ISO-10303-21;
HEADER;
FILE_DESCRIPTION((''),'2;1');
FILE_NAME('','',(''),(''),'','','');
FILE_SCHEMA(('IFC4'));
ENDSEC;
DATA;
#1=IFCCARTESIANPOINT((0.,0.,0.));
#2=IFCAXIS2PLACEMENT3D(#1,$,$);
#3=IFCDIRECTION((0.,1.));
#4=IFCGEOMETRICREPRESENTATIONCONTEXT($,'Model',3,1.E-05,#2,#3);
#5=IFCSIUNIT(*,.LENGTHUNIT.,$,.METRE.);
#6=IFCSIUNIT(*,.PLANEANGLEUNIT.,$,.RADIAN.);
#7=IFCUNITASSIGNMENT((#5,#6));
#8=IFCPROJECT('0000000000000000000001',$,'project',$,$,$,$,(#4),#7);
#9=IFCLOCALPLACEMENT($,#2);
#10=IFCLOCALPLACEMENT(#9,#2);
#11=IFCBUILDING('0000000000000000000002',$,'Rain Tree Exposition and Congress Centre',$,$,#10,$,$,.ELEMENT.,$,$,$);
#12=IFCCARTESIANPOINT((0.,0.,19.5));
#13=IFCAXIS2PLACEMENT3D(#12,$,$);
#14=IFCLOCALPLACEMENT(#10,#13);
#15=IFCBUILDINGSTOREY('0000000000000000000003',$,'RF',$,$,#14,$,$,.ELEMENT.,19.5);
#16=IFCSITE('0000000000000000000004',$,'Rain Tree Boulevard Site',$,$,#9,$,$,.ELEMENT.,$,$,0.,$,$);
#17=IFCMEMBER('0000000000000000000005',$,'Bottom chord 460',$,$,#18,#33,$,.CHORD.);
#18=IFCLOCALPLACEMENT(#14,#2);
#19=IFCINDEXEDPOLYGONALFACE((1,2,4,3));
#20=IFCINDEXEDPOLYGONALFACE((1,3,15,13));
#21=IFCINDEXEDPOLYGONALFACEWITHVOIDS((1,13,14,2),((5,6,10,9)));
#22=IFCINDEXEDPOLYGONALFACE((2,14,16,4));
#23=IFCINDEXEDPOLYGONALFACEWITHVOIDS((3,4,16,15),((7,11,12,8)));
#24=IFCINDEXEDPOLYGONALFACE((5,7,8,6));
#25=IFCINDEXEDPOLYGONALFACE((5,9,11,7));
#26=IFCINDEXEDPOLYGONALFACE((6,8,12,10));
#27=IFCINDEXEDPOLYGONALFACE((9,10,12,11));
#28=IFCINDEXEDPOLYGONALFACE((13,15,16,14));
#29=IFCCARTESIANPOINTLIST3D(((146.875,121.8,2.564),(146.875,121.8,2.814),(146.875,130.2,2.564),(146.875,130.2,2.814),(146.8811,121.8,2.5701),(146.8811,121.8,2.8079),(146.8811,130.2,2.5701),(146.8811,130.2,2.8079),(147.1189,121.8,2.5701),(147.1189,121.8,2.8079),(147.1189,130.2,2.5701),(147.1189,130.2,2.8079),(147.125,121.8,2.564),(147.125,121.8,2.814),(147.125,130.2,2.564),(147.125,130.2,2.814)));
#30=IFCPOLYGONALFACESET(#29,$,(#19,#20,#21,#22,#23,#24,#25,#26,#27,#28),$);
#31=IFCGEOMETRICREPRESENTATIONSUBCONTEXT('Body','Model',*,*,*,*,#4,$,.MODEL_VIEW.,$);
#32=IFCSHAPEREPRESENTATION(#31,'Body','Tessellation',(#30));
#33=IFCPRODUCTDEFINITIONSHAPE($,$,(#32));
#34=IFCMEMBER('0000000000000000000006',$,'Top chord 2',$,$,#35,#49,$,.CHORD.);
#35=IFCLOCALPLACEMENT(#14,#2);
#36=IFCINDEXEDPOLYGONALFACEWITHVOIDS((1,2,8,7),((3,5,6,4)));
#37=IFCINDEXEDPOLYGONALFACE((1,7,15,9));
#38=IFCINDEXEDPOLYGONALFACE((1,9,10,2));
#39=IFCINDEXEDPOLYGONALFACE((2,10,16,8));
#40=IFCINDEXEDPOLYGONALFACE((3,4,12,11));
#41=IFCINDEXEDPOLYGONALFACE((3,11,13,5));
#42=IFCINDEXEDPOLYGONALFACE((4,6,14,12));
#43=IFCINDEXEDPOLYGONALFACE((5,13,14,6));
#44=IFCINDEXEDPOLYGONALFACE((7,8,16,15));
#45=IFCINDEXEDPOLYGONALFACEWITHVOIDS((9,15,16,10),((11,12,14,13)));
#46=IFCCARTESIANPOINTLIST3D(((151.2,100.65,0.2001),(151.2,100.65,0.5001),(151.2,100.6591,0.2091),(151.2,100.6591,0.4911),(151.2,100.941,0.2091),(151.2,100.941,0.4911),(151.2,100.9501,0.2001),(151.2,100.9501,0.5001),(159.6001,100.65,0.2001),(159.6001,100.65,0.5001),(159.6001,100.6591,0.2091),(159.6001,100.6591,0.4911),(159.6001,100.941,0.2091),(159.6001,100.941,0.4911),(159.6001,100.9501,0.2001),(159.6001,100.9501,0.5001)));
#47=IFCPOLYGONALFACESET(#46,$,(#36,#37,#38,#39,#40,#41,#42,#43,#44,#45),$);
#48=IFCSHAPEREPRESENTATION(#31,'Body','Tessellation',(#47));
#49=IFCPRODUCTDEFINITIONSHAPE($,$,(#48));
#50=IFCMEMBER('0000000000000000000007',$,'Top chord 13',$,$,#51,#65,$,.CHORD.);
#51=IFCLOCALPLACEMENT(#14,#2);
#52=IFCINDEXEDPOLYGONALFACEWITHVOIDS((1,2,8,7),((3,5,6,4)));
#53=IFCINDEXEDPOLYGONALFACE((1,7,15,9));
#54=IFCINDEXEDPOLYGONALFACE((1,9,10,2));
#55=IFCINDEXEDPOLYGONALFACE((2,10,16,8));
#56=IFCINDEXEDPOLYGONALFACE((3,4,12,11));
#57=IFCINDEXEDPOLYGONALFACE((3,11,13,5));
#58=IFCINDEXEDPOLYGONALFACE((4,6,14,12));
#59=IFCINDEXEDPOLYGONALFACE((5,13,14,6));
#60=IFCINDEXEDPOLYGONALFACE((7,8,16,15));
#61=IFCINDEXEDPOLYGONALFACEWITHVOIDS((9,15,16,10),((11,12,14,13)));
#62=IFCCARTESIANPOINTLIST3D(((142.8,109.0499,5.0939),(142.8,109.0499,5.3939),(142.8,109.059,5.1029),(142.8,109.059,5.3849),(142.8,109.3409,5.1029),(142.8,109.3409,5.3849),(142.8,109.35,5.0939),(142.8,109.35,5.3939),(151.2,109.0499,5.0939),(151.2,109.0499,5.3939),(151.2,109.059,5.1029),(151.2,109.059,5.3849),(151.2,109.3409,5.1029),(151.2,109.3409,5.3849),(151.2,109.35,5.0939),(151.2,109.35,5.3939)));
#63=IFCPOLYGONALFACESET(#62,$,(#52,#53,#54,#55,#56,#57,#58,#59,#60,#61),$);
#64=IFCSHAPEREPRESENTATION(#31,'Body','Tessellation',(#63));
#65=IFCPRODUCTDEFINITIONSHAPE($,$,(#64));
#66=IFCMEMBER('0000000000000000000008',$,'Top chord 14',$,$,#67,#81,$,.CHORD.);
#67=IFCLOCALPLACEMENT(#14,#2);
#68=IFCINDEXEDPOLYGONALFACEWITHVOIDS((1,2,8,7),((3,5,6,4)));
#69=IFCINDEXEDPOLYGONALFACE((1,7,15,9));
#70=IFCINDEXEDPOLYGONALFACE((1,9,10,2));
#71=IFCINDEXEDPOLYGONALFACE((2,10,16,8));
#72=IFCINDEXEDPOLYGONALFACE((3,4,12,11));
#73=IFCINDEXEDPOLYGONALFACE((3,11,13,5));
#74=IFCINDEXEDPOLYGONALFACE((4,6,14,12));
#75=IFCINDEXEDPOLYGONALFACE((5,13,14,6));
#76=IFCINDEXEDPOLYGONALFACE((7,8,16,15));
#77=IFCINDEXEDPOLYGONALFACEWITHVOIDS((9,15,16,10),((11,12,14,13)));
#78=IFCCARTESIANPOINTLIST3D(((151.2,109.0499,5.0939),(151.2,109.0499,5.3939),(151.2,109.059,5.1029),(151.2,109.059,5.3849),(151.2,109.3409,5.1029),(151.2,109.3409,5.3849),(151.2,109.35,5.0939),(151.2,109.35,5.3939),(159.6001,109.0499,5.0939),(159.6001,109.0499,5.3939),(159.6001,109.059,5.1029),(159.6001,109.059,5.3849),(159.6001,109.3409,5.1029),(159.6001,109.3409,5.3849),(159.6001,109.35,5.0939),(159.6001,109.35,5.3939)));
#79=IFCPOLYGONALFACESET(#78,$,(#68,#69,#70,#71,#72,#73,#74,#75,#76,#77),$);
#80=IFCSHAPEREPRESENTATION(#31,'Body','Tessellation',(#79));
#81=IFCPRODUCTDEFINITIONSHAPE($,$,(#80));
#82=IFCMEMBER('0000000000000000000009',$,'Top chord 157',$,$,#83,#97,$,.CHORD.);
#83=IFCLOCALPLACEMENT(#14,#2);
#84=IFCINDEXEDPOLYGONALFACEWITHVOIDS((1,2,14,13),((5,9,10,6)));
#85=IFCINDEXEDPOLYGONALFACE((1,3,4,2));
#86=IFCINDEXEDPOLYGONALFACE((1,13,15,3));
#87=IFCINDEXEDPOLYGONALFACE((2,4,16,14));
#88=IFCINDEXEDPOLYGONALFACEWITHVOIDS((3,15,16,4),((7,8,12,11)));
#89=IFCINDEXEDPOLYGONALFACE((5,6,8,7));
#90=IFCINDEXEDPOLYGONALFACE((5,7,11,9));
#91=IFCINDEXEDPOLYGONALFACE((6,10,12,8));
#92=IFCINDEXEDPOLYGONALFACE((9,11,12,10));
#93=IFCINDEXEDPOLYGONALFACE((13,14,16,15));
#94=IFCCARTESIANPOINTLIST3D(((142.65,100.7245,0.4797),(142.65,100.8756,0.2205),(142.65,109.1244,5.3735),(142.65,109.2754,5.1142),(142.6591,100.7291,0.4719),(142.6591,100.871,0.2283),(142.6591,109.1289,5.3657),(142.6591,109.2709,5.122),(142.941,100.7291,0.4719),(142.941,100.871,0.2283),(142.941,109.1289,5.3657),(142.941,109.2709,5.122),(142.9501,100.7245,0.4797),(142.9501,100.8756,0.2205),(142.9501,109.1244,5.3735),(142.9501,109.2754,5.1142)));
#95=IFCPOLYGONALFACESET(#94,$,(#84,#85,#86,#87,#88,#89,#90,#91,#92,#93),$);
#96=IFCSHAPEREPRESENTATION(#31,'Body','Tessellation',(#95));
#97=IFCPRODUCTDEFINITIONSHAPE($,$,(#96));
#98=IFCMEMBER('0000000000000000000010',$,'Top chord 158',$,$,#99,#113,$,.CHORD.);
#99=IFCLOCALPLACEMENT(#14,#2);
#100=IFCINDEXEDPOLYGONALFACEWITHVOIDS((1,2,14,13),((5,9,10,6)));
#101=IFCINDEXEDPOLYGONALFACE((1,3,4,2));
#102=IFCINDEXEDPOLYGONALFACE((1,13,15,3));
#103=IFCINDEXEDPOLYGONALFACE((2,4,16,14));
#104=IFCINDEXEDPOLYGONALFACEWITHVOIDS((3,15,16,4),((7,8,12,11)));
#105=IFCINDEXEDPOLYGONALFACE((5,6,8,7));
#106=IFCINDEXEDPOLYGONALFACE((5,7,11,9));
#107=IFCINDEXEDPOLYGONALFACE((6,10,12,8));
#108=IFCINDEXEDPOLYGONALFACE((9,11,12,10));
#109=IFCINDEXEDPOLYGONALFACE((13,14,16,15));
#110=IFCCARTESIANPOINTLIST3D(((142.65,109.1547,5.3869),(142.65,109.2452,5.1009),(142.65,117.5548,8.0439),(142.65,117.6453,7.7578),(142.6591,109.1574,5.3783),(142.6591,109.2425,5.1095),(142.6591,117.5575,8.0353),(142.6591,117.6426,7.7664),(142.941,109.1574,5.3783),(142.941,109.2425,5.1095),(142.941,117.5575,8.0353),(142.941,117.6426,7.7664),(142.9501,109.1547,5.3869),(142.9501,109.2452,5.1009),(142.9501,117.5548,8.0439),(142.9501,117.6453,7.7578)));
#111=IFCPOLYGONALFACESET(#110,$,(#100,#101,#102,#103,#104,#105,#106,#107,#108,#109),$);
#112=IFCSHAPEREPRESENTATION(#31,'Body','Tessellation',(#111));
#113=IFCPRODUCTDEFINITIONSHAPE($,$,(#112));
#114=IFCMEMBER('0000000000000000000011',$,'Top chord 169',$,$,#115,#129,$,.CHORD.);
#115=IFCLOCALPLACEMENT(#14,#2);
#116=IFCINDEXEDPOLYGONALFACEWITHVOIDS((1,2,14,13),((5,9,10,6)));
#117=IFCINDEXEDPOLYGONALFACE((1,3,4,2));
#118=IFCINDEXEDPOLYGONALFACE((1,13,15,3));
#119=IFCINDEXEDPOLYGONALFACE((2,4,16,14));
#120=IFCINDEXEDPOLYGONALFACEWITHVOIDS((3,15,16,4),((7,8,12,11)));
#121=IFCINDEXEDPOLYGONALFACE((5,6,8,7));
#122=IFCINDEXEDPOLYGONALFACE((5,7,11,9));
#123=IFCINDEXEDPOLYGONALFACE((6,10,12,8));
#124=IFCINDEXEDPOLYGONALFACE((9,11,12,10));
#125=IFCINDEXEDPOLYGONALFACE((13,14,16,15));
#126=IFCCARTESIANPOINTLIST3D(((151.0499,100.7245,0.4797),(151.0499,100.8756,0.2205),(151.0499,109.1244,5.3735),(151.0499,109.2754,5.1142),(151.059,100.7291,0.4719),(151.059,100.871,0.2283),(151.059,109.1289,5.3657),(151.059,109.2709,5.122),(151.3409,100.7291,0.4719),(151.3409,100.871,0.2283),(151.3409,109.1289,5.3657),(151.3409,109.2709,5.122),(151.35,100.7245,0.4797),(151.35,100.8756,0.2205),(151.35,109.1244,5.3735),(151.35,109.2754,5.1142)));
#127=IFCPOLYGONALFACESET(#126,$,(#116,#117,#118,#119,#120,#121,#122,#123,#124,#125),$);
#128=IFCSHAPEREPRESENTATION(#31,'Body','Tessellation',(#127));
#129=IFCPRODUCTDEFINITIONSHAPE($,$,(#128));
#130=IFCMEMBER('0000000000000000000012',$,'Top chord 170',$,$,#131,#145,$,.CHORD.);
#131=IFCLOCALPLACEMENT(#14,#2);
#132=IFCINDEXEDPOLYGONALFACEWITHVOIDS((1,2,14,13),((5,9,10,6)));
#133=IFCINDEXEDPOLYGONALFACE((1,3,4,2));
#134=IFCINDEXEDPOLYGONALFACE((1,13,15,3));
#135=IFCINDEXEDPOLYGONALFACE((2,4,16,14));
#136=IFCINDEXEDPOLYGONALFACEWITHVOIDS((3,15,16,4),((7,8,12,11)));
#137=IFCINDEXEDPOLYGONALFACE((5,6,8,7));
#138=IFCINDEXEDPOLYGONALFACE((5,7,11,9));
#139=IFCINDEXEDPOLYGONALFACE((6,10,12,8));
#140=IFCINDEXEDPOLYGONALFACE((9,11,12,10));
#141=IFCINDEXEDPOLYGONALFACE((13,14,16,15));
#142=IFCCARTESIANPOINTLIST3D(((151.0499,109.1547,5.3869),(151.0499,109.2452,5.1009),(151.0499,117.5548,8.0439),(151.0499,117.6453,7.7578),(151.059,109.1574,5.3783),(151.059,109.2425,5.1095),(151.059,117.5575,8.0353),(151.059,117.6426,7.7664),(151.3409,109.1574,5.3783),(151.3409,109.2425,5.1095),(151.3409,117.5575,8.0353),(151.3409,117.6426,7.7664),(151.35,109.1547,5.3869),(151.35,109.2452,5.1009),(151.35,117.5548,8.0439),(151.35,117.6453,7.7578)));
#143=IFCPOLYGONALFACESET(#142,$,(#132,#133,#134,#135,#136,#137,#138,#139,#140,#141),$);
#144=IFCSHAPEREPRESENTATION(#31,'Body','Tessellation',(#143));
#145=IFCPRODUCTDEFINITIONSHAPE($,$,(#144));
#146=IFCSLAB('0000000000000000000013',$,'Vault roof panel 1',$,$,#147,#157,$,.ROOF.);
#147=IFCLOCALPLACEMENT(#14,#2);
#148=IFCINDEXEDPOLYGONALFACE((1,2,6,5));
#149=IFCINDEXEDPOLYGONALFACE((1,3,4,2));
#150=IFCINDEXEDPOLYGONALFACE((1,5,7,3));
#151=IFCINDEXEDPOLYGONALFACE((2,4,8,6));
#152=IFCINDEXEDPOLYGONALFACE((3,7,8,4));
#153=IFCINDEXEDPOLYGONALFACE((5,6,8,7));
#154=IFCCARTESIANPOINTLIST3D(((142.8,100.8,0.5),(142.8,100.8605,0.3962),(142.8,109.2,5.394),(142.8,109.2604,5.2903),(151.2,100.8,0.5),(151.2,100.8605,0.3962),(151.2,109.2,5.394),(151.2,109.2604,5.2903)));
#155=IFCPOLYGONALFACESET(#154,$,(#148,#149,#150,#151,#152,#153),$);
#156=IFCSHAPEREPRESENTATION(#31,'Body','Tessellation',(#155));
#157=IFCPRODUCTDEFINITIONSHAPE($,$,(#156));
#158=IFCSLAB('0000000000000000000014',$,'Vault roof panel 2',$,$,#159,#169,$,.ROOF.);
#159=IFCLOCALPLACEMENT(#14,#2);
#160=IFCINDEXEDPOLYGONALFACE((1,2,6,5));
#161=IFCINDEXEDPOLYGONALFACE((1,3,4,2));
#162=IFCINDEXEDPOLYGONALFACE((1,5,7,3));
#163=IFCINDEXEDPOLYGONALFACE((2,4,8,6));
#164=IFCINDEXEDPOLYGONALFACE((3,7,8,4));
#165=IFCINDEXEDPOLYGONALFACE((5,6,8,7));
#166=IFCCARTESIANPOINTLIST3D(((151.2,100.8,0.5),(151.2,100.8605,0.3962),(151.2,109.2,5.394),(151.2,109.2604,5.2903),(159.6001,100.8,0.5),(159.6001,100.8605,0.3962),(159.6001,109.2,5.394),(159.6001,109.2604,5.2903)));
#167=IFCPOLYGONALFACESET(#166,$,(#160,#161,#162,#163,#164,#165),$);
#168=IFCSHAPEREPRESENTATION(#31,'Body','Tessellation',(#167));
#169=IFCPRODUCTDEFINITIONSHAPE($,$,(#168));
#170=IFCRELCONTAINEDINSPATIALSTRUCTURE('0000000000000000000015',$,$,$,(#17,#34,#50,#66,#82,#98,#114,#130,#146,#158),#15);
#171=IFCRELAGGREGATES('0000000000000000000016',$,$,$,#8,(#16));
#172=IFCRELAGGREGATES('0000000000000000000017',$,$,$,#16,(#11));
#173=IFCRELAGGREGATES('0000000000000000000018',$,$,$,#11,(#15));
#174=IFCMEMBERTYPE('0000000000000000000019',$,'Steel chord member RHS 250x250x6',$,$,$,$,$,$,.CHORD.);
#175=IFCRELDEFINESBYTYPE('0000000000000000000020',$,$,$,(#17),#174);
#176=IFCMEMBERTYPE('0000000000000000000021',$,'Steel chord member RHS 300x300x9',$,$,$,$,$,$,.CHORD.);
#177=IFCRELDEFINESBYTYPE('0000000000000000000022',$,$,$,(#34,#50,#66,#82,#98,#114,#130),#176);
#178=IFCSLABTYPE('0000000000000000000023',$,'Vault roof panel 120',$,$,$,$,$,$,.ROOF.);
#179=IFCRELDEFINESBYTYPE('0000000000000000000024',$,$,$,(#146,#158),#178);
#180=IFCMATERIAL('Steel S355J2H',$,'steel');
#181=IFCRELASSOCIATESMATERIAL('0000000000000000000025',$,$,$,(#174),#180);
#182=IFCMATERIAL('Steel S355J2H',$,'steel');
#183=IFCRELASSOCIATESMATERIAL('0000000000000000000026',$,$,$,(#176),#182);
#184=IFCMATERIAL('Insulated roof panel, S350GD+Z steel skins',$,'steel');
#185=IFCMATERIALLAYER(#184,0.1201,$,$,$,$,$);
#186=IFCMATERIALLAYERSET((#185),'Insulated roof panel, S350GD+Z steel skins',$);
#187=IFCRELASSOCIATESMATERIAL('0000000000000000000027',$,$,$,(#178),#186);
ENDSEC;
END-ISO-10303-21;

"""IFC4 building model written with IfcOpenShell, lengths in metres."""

from ifc_helpers import new_model, si_unit, direction, frame, origin, origin_2d, place, context, subcontext, project, spatial, polyline, hollow_rectangle, outline, extrude, material, layer, layer_set, material_profile, profile_set, type_object, element, save


model = new_model("IFC4")

# Units and contexts
model_context = context("Model", 3, precision=1e-05, world=origin(), true_north=direction((0.0, 1.0)))
body_context = subcontext(model_context, "Body", "Model", "MODEL_VIEW")
ifc_project = project(units=[si_unit("LENGTHUNIT", "METRE"), si_unit("PLANEANGLEUNIT", "RADIAN")], contexts=[model_context])

# Site, building, storey
site_placement = place(None, origin())
site = spatial("IfcSite", under=ifc_project, at=site_placement, Name="Rain Tree Boulevard Site", CompositionType="ELEMENT", RefElevation=0.0)
building_placement = place(site_placement, origin())
building = spatial("IfcBuilding", under=site, at=building_placement, Name="Rain Tree Exposition and Congress Centre", CompositionType="ELEMENT")
storey_placement = place(building_placement, frame((0.0, 0.0, 19.5)))
storey = spatial("IfcBuildingStorey", under=building, at=storey_placement, Name="RF", CompositionType="ELEMENT", Elevation=19.5)

# Members
ifc_material_1 = material(Name="Steel S355J2H", Category="steel")
ifc_material_profile_1 = material_profile(ifc_material_1, hollow_rectangle(XDim=0.25, YDim=0.25, WallThickness=0.0061, at=origin_2d()), Name="RHS 250x250x6")
ifc_profile_set_1 = profile_set([ifc_material_profile_1], Name="Steel S355J2H")
member_type_1 = type_object("IfcMemberType", Name="Steel chord member RHS 250x250x6", PredefinedType="CHORD", material=ifc_profile_set_1)
for number, where, z_axis, x_axis, name in (
    (1, (147.0, 121.8, 2.689), (0.0, 1.0, 0.0), (-1.0, 0.0, 0.0), "Bottom chord 460"),
):
    element("IfcMember", number, at=place(storey_placement, frame(where, z_axis=z_axis, x_axis=x_axis)), inside=storey, type_object=member_type_1, Name=name, PredefinedType="CHORD", context=body_context, shape_type="SweptSolid", body=[
        extrude(hollow_rectangle(XDim=0.25, YDim=0.25, WallThickness=0.0061, at=origin_2d()), origin(), (0.0, 0.0, 1.0), 8.3999),
    ])
ifc_material_2 = material(Name="Steel S355J2H", Category="steel")
ifc_material_profile_2 = material_profile(ifc_material_2, hollow_rectangle(XDim=0.3, YDim=0.3, WallThickness=0.009, at=origin_2d()), Name="RHS 300x300x9")
ifc_profile_set_2 = profile_set([ifc_material_profile_2], Name="Steel S355J2H")
member_type_2 = type_object("IfcMemberType", Name="Steel chord member RHS 300x300x9", PredefinedType="CHORD", material=ifc_profile_set_2)
member_1_placement = place(storey_placement, frame((151.2, 100.8, 0.3501), z_axis=(1.0, 0.0, 0.0), x_axis=(0.0, 1.0, 0.0)))
element("IfcMember", 2, at=member_1_placement, inside=storey, type_object=member_type_2, Name="Top chord 2", PredefinedType="CHORD", context=body_context, shape_type="SweptSolid", body=[
    extrude(hollow_rectangle(XDim=0.3, YDim=0.3, WallThickness=0.009, at=origin_2d()), origin(), (0.0, 0.0, 1.0), 8.4001),
])
member_2_placement = place(storey_placement, frame((142.8, 109.2, 5.2439), z_axis=(1.0, 0.0, 0.0), x_axis=(0.0, 1.0, 0.0)))
element("IfcMember", 3, at=member_2_placement, inside=storey, type_object=member_type_2, Name="Top chord 13", PredefinedType="CHORD", context=body_context, shape_type="SweptSolid", body=[
    extrude(hollow_rectangle(XDim=0.3, YDim=0.3, WallThickness=0.009, at=origin_2d()), origin(), (0.0, 0.0, 1.0), 8.3999),
])
member_3_placement = place(storey_placement, frame((151.2, 109.2, 5.2439), z_axis=(1.0, 0.0, 0.0), x_axis=(0.0, 1.0, 0.0)))
element("IfcMember", 4, at=member_3_placement, inside=storey, type_object=member_type_2, Name="Top chord 14", PredefinedType="CHORD", context=body_context, shape_type="SweptSolid", body=[
    extrude(hollow_rectangle(XDim=0.3, YDim=0.3, WallThickness=0.009, at=origin_2d()), origin(), (0.0, 0.0, 1.0), 8.4001),
])
member_4_placement = place(storey_placement, frame((142.8, 100.8, 0.3501), z_axis=(0.0, 0.864054, 0.503399), x_axis=(-1.0, 0.0, 0.0)))
element("IfcMember", 5, at=member_4_placement, inside=storey, type_object=member_type_2, Name="Top chord 157", PredefinedType="CHORD", context=body_context, shape_type="SweptSolid", body=[
    extrude(hollow_rectangle(XDim=0.3, YDim=0.3, WallThickness=0.009, at=origin_2d()), origin(), (0.0, 0.0, 1.0), 9.7214),
])
member_5_placement = place(storey_placement, frame((142.8, 109.2, 5.2439), z_axis=(0.0, 0.953442, 0.301576), x_axis=(-1.0, 0.0, 0.0)))
element("IfcMember", 6, at=member_5_placement, inside=storey, type_object=member_type_2, Name="Top chord 158", PredefinedType="CHORD", context=body_context, shape_type="SweptSolid", body=[
    extrude(hollow_rectangle(XDim=0.3, YDim=0.3, WallThickness=0.009, at=origin_2d()), origin(), (0.0, 0.0, 1.0), 8.8103),
])
member_6_placement = place(storey_placement, frame((151.2, 100.8, 0.3501), z_axis=(0.0, 0.864054, 0.503399), x_axis=(-1.0, 0.0, 0.0)))
element("IfcMember", 7, at=member_6_placement, inside=storey, type_object=member_type_2, Name="Top chord 169", PredefinedType="CHORD", context=body_context, shape_type="SweptSolid", body=[
    extrude(hollow_rectangle(XDim=0.3, YDim=0.3, WallThickness=0.009, at=origin_2d()), origin(), (0.0, 0.0, 1.0), 9.7214),
])
member_7_placement = place(storey_placement, frame((151.2, 109.2, 5.2439), z_axis=(0.0, 0.953442, 0.301576), x_axis=(-1.0, 0.0, 0.0)))
element("IfcMember", 8, at=member_7_placement, inside=storey, type_object=member_type_2, Name="Top chord 170", PredefinedType="CHORD", context=body_context, shape_type="SweptSolid", body=[
    extrude(hollow_rectangle(XDim=0.3, YDim=0.3, WallThickness=0.009, at=origin_2d()), origin(), (0.0, 0.0, 1.0), 8.8103),
])

# Slabs
ifc_material_3 = material(Name="Insulated roof panel, S350GD+Z steel skins", Category="steel")
ifc_layer_1 = layer(ifc_material_3, 0.1201)
ifc_layer_set_1 = layer_set([ifc_layer_1], Name="Insulated roof panel, S350GD+Z steel skins")
slab_type = type_object("IfcSlabType", Name="Vault roof panel 120", PredefinedType="ROOF", material=ifc_layer_set_1)
slab_1_placement = place(storey_placement, frame((142.8, 100.8, 0.5), z_axis=(0.0, -0.503418, 0.864043), x_axis=(1.0, 0.0, 0.0)))
element("IfcSlab", 9, at=slab_1_placement, inside=storey, type_object=slab_type, Name="Vault roof panel 1", PredefinedType="ROOF", context=body_context, shape_type="SweptSolid", body=[
    extrude(outline(polyline([(0.0, 0.0), (8.3999, 0.0), (8.3999, 9.7216), (0.0, 9.7216), (0.0, 0.0)])), origin(), (0.0, 0.0, -1.0), 0.1201),
])
slab_2_placement = place(storey_placement, frame((151.2, 100.8, 0.5), z_axis=(0.0, -0.503418, 0.864043), x_axis=(1.0, 0.0, 0.0)))
element("IfcSlab", 10, at=slab_2_placement, inside=storey, type_object=slab_type, Name="Vault roof panel 2", PredefinedType="ROOF", context=body_context, shape_type="SweptSolid", body=[
    extrude(outline(polyline([(0.0, 0.0), (8.4001, 0.0), (8.4001, 9.7216), (0.0, 9.7216), (0.0, 0.0)])), origin(), (0.0, 0.0, -1.0), 0.1201),
])

save(model, "model.ifc")
